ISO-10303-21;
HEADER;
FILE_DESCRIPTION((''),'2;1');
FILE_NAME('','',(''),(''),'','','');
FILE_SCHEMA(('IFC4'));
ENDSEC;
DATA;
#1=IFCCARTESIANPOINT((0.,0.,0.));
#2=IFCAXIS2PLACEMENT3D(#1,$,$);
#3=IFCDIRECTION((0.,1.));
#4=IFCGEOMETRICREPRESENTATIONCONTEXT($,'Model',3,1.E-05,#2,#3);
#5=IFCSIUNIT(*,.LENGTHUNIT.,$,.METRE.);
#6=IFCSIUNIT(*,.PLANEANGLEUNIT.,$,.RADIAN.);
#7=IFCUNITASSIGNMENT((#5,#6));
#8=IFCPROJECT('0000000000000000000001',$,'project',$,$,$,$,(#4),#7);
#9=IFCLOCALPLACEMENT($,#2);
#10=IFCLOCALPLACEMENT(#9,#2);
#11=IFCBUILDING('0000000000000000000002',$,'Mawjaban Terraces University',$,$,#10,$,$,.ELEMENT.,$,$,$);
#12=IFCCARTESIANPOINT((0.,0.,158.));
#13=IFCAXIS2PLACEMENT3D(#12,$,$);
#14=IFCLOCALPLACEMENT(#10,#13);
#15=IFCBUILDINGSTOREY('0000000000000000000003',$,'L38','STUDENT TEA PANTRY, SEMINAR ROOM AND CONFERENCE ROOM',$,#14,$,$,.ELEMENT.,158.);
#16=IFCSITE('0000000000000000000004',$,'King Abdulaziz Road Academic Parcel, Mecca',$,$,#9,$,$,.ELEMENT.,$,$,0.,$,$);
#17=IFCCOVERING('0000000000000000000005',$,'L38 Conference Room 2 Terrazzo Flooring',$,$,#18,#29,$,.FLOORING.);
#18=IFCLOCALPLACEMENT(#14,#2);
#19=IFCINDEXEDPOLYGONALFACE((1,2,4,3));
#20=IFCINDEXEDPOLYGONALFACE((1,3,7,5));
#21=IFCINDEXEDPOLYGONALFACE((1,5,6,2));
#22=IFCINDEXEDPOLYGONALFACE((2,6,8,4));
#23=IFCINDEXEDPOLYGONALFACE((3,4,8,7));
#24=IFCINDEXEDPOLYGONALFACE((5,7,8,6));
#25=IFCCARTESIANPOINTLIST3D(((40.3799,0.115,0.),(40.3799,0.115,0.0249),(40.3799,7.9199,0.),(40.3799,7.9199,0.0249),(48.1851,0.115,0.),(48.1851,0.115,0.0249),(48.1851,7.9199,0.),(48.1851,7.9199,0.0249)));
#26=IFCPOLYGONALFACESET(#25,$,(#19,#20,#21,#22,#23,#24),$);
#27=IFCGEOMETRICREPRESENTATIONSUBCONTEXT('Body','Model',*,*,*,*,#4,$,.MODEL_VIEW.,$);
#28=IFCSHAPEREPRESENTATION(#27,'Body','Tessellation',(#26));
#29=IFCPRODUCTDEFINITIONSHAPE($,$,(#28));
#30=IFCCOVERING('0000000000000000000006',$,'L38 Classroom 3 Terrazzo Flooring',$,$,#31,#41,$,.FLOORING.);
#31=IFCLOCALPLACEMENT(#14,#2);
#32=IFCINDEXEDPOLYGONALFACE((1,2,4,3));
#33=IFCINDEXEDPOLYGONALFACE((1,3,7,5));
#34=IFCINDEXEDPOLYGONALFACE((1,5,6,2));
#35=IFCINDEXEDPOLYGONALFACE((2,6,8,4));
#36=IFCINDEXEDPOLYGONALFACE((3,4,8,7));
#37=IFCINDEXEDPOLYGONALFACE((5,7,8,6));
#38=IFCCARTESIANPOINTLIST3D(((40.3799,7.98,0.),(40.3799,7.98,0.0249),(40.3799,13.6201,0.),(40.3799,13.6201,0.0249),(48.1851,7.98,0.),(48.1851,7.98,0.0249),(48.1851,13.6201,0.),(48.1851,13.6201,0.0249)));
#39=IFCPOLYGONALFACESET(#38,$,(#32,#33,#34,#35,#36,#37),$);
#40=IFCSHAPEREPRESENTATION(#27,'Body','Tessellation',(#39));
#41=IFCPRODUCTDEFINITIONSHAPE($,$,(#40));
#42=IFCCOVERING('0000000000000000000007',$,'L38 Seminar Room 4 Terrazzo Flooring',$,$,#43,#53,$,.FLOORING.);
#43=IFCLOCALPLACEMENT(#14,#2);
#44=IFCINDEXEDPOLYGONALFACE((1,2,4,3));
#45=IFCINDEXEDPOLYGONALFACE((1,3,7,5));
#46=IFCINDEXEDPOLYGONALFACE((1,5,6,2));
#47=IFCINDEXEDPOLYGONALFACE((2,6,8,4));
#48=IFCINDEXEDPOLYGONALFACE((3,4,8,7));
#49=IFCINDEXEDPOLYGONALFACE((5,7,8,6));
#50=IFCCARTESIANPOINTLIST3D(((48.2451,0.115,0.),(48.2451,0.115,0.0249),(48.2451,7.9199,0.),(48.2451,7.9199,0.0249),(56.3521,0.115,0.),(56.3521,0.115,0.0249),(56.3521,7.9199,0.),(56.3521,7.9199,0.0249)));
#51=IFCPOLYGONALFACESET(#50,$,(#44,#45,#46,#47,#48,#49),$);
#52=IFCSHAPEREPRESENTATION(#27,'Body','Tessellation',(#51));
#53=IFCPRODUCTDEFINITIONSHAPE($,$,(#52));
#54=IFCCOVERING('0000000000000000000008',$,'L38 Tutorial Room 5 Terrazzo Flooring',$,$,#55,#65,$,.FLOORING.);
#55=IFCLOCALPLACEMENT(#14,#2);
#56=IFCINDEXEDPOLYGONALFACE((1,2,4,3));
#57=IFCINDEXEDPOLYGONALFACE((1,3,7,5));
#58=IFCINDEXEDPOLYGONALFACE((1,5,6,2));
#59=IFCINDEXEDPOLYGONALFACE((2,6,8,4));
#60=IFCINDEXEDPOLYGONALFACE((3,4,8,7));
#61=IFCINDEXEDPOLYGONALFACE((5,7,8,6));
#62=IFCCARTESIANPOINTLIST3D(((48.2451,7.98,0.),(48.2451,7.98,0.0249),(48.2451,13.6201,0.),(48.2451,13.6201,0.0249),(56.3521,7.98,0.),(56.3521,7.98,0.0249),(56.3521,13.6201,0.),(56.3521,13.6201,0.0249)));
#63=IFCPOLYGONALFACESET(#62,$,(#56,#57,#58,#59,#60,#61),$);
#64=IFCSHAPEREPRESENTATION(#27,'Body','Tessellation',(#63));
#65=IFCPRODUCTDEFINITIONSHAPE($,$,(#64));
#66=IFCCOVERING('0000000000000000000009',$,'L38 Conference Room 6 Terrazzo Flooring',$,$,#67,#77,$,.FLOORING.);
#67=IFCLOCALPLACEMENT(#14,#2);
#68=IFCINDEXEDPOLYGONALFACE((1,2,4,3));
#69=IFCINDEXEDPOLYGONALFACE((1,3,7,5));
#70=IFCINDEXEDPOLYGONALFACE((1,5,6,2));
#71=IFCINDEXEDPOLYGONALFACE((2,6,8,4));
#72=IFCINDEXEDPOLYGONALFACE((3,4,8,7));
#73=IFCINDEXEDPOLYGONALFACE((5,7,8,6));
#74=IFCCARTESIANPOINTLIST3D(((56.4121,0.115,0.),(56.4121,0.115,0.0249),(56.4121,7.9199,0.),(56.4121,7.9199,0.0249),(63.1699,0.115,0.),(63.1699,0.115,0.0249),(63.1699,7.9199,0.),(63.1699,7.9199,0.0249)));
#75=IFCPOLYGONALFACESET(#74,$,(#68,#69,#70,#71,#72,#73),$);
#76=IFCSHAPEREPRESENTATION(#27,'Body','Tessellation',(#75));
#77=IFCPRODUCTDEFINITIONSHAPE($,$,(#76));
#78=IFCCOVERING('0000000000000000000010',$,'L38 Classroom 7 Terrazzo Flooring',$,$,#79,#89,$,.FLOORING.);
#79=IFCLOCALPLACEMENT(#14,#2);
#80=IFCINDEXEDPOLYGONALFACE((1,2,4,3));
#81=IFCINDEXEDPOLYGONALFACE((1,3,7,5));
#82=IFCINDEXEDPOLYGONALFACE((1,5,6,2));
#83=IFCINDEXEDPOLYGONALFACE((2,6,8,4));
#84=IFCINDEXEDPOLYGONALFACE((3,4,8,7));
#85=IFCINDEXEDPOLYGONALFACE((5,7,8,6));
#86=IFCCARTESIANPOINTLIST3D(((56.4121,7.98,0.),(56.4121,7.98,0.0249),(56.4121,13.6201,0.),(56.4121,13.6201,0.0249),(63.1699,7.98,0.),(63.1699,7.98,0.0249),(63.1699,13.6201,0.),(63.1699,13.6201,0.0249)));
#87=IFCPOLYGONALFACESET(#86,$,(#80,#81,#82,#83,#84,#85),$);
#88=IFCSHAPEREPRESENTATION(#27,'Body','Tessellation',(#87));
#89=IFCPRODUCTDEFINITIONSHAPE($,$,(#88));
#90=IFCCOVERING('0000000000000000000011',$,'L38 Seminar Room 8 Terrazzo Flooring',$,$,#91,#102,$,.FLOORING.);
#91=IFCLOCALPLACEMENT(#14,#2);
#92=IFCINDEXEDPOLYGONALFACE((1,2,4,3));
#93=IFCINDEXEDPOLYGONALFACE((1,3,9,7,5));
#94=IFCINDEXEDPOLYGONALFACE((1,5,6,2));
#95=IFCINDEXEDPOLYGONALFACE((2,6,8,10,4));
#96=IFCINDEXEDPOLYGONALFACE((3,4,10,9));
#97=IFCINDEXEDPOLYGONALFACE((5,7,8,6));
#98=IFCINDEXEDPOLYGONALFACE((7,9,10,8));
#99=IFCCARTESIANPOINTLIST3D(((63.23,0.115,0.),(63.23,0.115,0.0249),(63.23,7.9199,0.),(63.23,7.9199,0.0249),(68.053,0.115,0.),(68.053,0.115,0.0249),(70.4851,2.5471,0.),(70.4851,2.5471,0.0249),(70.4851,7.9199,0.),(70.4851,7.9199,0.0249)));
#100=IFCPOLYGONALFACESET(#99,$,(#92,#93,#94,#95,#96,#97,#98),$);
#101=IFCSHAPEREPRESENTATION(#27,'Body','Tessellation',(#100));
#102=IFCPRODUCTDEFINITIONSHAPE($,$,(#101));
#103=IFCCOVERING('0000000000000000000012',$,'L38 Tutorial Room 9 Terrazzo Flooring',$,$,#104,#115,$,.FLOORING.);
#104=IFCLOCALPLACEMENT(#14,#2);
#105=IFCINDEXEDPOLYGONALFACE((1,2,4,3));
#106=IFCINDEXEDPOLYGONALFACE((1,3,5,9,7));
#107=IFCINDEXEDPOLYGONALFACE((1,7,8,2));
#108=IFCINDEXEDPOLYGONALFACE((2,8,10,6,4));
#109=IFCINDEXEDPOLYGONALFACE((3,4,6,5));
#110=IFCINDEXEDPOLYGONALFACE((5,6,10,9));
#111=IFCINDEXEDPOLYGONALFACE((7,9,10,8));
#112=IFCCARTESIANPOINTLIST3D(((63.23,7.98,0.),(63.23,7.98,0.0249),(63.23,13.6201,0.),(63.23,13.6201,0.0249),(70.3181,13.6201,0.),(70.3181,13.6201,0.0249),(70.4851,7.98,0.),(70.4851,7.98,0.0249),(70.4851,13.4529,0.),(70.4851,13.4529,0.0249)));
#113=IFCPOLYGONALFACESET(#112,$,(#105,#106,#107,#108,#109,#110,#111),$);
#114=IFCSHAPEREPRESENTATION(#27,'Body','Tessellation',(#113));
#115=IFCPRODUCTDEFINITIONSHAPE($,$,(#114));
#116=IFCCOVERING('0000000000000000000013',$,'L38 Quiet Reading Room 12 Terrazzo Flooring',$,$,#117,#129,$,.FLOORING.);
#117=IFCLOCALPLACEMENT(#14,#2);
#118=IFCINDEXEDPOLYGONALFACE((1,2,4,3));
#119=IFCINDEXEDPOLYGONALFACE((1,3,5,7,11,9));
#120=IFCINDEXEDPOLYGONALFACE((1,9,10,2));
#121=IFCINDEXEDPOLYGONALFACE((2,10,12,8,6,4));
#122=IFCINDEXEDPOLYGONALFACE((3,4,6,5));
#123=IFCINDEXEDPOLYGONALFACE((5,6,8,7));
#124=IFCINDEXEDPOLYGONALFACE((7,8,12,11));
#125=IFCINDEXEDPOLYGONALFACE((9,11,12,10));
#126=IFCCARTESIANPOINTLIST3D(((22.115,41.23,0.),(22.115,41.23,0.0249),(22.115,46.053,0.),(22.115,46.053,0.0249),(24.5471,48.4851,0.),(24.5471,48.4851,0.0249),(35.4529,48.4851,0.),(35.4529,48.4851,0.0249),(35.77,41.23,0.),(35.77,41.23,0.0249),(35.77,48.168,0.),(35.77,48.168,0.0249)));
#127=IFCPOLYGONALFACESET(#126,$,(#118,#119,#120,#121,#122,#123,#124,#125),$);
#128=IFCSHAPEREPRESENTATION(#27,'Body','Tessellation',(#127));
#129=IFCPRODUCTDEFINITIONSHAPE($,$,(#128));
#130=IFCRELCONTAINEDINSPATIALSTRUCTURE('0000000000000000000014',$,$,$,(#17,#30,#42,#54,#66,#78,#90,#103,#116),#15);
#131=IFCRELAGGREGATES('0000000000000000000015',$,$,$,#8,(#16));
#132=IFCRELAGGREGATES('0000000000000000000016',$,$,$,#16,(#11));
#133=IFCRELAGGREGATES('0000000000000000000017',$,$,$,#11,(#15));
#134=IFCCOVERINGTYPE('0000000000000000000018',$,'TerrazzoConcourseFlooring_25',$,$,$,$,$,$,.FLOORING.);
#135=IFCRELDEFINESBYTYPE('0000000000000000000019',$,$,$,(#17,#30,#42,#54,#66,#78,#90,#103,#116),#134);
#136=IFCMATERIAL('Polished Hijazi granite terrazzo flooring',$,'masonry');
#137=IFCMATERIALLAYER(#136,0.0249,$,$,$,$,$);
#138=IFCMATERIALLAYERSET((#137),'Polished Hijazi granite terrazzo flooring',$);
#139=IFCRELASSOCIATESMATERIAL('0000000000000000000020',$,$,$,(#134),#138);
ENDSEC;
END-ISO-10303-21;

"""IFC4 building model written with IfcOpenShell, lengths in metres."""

from ifc_helpers import new_model, si_unit, direction, frame, origin, place, context, subcontext, project, spatial, polyline, outline, extrude, material, layer, layer_set, type_object, element, save


model = new_model("IFC4")

# Units and contexts
model_context = context("Model", 3, precision=1e-05, world=origin(), true_north=direction((0.0, 1.0)))
body_context = subcontext(model_context, "Body", "Model", "MODEL_VIEW")
ifc_project = project(units=[si_unit("LENGTHUNIT", "METRE"), si_unit("PLANEANGLEUNIT", "RADIAN")], contexts=[model_context])

# Site, building, storey
site_placement = place(None, origin())
site = spatial("IfcSite", under=ifc_project, at=site_placement, Name="King Abdulaziz Road Academic Parcel, Mecca", CompositionType="ELEMENT", RefElevation=0.0)
building_placement = place(site_placement, origin())
building = spatial("IfcBuilding", under=site, at=building_placement, Name="Mawjaban Terraces University", CompositionType="ELEMENT")
storey_placement = place(building_placement, frame((0.0, 0.0, 158.0)))
storey = spatial("IfcBuildingStorey", under=building, at=storey_placement, Name="L38", Description="STUDENT TEA PANTRY, SEMINAR ROOM AND CONFERENCE ROOM", CompositionType="ELEMENT", Elevation=158.0)

# Coverings
ifc_material_1 = material(Name="Polished Hijazi granite terrazzo flooring", Category="masonry")
ifc_layer_1 = layer(ifc_material_1, 0.0249)
ifc_layer_set_1 = layer_set([ifc_layer_1], Name="Polished Hijazi granite terrazzo flooring")
covering_type_1 = type_object("IfcCoveringType", Name="TerrazzoConcourseFlooring_25", PredefinedType="FLOORING", material=ifc_layer_set_1)
covering_1_placement = place(storey_placement, origin())
element("IfcCovering", 1, at=covering_1_placement, inside=storey, type_object=covering_type_1, Name="L38 Conference Room 2 Terrazzo Flooring", PredefinedType="FLOORING", context=body_context, shape_type="SweptSolid", body=[
    extrude(outline(polyline([(40.3799, 0.115), (48.1851, 0.115), (48.1851, 7.9199), (40.3799, 7.9199), (40.3799, 0.115)])), origin(), (0.0, 0.0, 1.0), 0.0249),
])
covering_2_placement = place(storey_placement, origin())
element("IfcCovering", 2, at=covering_2_placement, inside=storey, type_object=covering_type_1, Name="L38 Classroom 3 Terrazzo Flooring", PredefinedType="FLOORING", context=body_context, shape_type="SweptSolid", body=[
    extrude(outline(polyline([(48.1851, 7.98), (48.1851, 13.6201), (40.3799, 13.6201), (40.3799, 7.98), (48.1851, 7.98)])), origin(), (0.0, 0.0, 1.0), 0.0249),
])
covering_3_placement = place(storey_placement, origin())
element("IfcCovering", 3, at=covering_3_placement, inside=storey, type_object=covering_type_1, Name="L38 Seminar Room 4 Terrazzo Flooring", PredefinedType="FLOORING", context=body_context, shape_type="SweptSolid", body=[
    extrude(outline(polyline([(48.2451, 0.115), (56.3521, 0.115), (56.3521, 7.9199), (48.2451, 7.9199), (48.2451, 0.115)])), origin(), (0.0, 0.0, 1.0), 0.0249),
])
covering_4_placement = place(storey_placement, origin())
element("IfcCovering", 4, at=covering_4_placement, inside=storey, type_object=covering_type_1, Name="L38 Tutorial Room 5 Terrazzo Flooring", PredefinedType="FLOORING", context=body_context, shape_type="SweptSolid", body=[
    extrude(outline(polyline([(56.3521, 7.98), (56.3521, 13.6201), (48.2451, 13.6201), (48.2451, 7.98), (56.3521, 7.98)])), origin(), (0.0, 0.0, 1.0), 0.0249),
])
covering_5_placement = place(storey_placement, origin())
element("IfcCovering", 5, at=covering_5_placement, inside=storey, type_object=covering_type_1, Name="L38 Conference Room 6 Terrazzo Flooring", PredefinedType="FLOORING", context=body_context, shape_type="SweptSolid", body=[
    extrude(outline(polyline([(56.4121, 0.115), (63.1699, 0.115), (63.1699, 7.9199), (56.4121, 7.9199), (56.4121, 0.115)])), origin(), (0.0, 0.0, 1.0), 0.0249),
])
covering_6_placement = place(storey_placement, origin())
element("IfcCovering", 6, at=covering_6_placement, inside=storey, type_object=covering_type_1, Name="L38 Classroom 7 Terrazzo Flooring", PredefinedType="FLOORING", context=body_context, shape_type="SweptSolid", body=[
    extrude(outline(polyline([(63.1699, 7.98), (63.1699, 13.6201), (56.4121, 13.6201), (56.4121, 7.98), (63.1699, 7.98)])), origin(), (0.0, 0.0, 1.0), 0.0249),
])
covering_7_placement = place(storey_placement, origin())
element("IfcCovering", 7, at=covering_7_placement, inside=storey, type_object=covering_type_1, Name="L38 Seminar Room 8 Terrazzo Flooring", PredefinedType="FLOORING", context=body_context, shape_type="SweptSolid", body=[
    extrude(outline(polyline([(63.23, 0.115), (68.053, 0.115), (70.4851, 2.5471), (70.4851, 7.9199), (63.23, 7.9199), (63.23, 0.115)])), origin(), (0.0, 0.0, 1.0), 0.0249),
])
covering_8_placement = place(storey_placement, origin())
element("IfcCovering", 8, at=covering_8_placement, inside=storey, type_object=covering_type_1, Name="L38 Tutorial Room 9 Terrazzo Flooring", PredefinedType="FLOORING", context=body_context, shape_type="SweptSolid", body=[
    extrude(outline(polyline([(70.4851, 7.98), (70.4851, 13.4529), (70.3181, 13.6201), (63.23, 13.6201), (63.23, 7.98), (70.4851, 7.98)])), origin(), (0.0, 0.0, 1.0), 0.0249),
])
covering_9_placement = place(storey_placement, origin())
element("IfcCovering", 9, at=covering_9_placement, inside=storey, type_object=covering_type_1, Name="L38 Quiet Reading Room 12 Terrazzo Flooring", PredefinedType="FLOORING", context=body_context, shape_type="SweptSolid", body=[
    extrude(outline(polyline([(35.77, 48.168), (35.4529, 48.4851), (24.5471, 48.4851), (22.115, 46.053), (22.115, 41.23), (35.77, 41.23), (35.77, 48.168)])), origin(), (0.0, 0.0, 1.0), 0.0249),
])

save(model, "model.ifc")
